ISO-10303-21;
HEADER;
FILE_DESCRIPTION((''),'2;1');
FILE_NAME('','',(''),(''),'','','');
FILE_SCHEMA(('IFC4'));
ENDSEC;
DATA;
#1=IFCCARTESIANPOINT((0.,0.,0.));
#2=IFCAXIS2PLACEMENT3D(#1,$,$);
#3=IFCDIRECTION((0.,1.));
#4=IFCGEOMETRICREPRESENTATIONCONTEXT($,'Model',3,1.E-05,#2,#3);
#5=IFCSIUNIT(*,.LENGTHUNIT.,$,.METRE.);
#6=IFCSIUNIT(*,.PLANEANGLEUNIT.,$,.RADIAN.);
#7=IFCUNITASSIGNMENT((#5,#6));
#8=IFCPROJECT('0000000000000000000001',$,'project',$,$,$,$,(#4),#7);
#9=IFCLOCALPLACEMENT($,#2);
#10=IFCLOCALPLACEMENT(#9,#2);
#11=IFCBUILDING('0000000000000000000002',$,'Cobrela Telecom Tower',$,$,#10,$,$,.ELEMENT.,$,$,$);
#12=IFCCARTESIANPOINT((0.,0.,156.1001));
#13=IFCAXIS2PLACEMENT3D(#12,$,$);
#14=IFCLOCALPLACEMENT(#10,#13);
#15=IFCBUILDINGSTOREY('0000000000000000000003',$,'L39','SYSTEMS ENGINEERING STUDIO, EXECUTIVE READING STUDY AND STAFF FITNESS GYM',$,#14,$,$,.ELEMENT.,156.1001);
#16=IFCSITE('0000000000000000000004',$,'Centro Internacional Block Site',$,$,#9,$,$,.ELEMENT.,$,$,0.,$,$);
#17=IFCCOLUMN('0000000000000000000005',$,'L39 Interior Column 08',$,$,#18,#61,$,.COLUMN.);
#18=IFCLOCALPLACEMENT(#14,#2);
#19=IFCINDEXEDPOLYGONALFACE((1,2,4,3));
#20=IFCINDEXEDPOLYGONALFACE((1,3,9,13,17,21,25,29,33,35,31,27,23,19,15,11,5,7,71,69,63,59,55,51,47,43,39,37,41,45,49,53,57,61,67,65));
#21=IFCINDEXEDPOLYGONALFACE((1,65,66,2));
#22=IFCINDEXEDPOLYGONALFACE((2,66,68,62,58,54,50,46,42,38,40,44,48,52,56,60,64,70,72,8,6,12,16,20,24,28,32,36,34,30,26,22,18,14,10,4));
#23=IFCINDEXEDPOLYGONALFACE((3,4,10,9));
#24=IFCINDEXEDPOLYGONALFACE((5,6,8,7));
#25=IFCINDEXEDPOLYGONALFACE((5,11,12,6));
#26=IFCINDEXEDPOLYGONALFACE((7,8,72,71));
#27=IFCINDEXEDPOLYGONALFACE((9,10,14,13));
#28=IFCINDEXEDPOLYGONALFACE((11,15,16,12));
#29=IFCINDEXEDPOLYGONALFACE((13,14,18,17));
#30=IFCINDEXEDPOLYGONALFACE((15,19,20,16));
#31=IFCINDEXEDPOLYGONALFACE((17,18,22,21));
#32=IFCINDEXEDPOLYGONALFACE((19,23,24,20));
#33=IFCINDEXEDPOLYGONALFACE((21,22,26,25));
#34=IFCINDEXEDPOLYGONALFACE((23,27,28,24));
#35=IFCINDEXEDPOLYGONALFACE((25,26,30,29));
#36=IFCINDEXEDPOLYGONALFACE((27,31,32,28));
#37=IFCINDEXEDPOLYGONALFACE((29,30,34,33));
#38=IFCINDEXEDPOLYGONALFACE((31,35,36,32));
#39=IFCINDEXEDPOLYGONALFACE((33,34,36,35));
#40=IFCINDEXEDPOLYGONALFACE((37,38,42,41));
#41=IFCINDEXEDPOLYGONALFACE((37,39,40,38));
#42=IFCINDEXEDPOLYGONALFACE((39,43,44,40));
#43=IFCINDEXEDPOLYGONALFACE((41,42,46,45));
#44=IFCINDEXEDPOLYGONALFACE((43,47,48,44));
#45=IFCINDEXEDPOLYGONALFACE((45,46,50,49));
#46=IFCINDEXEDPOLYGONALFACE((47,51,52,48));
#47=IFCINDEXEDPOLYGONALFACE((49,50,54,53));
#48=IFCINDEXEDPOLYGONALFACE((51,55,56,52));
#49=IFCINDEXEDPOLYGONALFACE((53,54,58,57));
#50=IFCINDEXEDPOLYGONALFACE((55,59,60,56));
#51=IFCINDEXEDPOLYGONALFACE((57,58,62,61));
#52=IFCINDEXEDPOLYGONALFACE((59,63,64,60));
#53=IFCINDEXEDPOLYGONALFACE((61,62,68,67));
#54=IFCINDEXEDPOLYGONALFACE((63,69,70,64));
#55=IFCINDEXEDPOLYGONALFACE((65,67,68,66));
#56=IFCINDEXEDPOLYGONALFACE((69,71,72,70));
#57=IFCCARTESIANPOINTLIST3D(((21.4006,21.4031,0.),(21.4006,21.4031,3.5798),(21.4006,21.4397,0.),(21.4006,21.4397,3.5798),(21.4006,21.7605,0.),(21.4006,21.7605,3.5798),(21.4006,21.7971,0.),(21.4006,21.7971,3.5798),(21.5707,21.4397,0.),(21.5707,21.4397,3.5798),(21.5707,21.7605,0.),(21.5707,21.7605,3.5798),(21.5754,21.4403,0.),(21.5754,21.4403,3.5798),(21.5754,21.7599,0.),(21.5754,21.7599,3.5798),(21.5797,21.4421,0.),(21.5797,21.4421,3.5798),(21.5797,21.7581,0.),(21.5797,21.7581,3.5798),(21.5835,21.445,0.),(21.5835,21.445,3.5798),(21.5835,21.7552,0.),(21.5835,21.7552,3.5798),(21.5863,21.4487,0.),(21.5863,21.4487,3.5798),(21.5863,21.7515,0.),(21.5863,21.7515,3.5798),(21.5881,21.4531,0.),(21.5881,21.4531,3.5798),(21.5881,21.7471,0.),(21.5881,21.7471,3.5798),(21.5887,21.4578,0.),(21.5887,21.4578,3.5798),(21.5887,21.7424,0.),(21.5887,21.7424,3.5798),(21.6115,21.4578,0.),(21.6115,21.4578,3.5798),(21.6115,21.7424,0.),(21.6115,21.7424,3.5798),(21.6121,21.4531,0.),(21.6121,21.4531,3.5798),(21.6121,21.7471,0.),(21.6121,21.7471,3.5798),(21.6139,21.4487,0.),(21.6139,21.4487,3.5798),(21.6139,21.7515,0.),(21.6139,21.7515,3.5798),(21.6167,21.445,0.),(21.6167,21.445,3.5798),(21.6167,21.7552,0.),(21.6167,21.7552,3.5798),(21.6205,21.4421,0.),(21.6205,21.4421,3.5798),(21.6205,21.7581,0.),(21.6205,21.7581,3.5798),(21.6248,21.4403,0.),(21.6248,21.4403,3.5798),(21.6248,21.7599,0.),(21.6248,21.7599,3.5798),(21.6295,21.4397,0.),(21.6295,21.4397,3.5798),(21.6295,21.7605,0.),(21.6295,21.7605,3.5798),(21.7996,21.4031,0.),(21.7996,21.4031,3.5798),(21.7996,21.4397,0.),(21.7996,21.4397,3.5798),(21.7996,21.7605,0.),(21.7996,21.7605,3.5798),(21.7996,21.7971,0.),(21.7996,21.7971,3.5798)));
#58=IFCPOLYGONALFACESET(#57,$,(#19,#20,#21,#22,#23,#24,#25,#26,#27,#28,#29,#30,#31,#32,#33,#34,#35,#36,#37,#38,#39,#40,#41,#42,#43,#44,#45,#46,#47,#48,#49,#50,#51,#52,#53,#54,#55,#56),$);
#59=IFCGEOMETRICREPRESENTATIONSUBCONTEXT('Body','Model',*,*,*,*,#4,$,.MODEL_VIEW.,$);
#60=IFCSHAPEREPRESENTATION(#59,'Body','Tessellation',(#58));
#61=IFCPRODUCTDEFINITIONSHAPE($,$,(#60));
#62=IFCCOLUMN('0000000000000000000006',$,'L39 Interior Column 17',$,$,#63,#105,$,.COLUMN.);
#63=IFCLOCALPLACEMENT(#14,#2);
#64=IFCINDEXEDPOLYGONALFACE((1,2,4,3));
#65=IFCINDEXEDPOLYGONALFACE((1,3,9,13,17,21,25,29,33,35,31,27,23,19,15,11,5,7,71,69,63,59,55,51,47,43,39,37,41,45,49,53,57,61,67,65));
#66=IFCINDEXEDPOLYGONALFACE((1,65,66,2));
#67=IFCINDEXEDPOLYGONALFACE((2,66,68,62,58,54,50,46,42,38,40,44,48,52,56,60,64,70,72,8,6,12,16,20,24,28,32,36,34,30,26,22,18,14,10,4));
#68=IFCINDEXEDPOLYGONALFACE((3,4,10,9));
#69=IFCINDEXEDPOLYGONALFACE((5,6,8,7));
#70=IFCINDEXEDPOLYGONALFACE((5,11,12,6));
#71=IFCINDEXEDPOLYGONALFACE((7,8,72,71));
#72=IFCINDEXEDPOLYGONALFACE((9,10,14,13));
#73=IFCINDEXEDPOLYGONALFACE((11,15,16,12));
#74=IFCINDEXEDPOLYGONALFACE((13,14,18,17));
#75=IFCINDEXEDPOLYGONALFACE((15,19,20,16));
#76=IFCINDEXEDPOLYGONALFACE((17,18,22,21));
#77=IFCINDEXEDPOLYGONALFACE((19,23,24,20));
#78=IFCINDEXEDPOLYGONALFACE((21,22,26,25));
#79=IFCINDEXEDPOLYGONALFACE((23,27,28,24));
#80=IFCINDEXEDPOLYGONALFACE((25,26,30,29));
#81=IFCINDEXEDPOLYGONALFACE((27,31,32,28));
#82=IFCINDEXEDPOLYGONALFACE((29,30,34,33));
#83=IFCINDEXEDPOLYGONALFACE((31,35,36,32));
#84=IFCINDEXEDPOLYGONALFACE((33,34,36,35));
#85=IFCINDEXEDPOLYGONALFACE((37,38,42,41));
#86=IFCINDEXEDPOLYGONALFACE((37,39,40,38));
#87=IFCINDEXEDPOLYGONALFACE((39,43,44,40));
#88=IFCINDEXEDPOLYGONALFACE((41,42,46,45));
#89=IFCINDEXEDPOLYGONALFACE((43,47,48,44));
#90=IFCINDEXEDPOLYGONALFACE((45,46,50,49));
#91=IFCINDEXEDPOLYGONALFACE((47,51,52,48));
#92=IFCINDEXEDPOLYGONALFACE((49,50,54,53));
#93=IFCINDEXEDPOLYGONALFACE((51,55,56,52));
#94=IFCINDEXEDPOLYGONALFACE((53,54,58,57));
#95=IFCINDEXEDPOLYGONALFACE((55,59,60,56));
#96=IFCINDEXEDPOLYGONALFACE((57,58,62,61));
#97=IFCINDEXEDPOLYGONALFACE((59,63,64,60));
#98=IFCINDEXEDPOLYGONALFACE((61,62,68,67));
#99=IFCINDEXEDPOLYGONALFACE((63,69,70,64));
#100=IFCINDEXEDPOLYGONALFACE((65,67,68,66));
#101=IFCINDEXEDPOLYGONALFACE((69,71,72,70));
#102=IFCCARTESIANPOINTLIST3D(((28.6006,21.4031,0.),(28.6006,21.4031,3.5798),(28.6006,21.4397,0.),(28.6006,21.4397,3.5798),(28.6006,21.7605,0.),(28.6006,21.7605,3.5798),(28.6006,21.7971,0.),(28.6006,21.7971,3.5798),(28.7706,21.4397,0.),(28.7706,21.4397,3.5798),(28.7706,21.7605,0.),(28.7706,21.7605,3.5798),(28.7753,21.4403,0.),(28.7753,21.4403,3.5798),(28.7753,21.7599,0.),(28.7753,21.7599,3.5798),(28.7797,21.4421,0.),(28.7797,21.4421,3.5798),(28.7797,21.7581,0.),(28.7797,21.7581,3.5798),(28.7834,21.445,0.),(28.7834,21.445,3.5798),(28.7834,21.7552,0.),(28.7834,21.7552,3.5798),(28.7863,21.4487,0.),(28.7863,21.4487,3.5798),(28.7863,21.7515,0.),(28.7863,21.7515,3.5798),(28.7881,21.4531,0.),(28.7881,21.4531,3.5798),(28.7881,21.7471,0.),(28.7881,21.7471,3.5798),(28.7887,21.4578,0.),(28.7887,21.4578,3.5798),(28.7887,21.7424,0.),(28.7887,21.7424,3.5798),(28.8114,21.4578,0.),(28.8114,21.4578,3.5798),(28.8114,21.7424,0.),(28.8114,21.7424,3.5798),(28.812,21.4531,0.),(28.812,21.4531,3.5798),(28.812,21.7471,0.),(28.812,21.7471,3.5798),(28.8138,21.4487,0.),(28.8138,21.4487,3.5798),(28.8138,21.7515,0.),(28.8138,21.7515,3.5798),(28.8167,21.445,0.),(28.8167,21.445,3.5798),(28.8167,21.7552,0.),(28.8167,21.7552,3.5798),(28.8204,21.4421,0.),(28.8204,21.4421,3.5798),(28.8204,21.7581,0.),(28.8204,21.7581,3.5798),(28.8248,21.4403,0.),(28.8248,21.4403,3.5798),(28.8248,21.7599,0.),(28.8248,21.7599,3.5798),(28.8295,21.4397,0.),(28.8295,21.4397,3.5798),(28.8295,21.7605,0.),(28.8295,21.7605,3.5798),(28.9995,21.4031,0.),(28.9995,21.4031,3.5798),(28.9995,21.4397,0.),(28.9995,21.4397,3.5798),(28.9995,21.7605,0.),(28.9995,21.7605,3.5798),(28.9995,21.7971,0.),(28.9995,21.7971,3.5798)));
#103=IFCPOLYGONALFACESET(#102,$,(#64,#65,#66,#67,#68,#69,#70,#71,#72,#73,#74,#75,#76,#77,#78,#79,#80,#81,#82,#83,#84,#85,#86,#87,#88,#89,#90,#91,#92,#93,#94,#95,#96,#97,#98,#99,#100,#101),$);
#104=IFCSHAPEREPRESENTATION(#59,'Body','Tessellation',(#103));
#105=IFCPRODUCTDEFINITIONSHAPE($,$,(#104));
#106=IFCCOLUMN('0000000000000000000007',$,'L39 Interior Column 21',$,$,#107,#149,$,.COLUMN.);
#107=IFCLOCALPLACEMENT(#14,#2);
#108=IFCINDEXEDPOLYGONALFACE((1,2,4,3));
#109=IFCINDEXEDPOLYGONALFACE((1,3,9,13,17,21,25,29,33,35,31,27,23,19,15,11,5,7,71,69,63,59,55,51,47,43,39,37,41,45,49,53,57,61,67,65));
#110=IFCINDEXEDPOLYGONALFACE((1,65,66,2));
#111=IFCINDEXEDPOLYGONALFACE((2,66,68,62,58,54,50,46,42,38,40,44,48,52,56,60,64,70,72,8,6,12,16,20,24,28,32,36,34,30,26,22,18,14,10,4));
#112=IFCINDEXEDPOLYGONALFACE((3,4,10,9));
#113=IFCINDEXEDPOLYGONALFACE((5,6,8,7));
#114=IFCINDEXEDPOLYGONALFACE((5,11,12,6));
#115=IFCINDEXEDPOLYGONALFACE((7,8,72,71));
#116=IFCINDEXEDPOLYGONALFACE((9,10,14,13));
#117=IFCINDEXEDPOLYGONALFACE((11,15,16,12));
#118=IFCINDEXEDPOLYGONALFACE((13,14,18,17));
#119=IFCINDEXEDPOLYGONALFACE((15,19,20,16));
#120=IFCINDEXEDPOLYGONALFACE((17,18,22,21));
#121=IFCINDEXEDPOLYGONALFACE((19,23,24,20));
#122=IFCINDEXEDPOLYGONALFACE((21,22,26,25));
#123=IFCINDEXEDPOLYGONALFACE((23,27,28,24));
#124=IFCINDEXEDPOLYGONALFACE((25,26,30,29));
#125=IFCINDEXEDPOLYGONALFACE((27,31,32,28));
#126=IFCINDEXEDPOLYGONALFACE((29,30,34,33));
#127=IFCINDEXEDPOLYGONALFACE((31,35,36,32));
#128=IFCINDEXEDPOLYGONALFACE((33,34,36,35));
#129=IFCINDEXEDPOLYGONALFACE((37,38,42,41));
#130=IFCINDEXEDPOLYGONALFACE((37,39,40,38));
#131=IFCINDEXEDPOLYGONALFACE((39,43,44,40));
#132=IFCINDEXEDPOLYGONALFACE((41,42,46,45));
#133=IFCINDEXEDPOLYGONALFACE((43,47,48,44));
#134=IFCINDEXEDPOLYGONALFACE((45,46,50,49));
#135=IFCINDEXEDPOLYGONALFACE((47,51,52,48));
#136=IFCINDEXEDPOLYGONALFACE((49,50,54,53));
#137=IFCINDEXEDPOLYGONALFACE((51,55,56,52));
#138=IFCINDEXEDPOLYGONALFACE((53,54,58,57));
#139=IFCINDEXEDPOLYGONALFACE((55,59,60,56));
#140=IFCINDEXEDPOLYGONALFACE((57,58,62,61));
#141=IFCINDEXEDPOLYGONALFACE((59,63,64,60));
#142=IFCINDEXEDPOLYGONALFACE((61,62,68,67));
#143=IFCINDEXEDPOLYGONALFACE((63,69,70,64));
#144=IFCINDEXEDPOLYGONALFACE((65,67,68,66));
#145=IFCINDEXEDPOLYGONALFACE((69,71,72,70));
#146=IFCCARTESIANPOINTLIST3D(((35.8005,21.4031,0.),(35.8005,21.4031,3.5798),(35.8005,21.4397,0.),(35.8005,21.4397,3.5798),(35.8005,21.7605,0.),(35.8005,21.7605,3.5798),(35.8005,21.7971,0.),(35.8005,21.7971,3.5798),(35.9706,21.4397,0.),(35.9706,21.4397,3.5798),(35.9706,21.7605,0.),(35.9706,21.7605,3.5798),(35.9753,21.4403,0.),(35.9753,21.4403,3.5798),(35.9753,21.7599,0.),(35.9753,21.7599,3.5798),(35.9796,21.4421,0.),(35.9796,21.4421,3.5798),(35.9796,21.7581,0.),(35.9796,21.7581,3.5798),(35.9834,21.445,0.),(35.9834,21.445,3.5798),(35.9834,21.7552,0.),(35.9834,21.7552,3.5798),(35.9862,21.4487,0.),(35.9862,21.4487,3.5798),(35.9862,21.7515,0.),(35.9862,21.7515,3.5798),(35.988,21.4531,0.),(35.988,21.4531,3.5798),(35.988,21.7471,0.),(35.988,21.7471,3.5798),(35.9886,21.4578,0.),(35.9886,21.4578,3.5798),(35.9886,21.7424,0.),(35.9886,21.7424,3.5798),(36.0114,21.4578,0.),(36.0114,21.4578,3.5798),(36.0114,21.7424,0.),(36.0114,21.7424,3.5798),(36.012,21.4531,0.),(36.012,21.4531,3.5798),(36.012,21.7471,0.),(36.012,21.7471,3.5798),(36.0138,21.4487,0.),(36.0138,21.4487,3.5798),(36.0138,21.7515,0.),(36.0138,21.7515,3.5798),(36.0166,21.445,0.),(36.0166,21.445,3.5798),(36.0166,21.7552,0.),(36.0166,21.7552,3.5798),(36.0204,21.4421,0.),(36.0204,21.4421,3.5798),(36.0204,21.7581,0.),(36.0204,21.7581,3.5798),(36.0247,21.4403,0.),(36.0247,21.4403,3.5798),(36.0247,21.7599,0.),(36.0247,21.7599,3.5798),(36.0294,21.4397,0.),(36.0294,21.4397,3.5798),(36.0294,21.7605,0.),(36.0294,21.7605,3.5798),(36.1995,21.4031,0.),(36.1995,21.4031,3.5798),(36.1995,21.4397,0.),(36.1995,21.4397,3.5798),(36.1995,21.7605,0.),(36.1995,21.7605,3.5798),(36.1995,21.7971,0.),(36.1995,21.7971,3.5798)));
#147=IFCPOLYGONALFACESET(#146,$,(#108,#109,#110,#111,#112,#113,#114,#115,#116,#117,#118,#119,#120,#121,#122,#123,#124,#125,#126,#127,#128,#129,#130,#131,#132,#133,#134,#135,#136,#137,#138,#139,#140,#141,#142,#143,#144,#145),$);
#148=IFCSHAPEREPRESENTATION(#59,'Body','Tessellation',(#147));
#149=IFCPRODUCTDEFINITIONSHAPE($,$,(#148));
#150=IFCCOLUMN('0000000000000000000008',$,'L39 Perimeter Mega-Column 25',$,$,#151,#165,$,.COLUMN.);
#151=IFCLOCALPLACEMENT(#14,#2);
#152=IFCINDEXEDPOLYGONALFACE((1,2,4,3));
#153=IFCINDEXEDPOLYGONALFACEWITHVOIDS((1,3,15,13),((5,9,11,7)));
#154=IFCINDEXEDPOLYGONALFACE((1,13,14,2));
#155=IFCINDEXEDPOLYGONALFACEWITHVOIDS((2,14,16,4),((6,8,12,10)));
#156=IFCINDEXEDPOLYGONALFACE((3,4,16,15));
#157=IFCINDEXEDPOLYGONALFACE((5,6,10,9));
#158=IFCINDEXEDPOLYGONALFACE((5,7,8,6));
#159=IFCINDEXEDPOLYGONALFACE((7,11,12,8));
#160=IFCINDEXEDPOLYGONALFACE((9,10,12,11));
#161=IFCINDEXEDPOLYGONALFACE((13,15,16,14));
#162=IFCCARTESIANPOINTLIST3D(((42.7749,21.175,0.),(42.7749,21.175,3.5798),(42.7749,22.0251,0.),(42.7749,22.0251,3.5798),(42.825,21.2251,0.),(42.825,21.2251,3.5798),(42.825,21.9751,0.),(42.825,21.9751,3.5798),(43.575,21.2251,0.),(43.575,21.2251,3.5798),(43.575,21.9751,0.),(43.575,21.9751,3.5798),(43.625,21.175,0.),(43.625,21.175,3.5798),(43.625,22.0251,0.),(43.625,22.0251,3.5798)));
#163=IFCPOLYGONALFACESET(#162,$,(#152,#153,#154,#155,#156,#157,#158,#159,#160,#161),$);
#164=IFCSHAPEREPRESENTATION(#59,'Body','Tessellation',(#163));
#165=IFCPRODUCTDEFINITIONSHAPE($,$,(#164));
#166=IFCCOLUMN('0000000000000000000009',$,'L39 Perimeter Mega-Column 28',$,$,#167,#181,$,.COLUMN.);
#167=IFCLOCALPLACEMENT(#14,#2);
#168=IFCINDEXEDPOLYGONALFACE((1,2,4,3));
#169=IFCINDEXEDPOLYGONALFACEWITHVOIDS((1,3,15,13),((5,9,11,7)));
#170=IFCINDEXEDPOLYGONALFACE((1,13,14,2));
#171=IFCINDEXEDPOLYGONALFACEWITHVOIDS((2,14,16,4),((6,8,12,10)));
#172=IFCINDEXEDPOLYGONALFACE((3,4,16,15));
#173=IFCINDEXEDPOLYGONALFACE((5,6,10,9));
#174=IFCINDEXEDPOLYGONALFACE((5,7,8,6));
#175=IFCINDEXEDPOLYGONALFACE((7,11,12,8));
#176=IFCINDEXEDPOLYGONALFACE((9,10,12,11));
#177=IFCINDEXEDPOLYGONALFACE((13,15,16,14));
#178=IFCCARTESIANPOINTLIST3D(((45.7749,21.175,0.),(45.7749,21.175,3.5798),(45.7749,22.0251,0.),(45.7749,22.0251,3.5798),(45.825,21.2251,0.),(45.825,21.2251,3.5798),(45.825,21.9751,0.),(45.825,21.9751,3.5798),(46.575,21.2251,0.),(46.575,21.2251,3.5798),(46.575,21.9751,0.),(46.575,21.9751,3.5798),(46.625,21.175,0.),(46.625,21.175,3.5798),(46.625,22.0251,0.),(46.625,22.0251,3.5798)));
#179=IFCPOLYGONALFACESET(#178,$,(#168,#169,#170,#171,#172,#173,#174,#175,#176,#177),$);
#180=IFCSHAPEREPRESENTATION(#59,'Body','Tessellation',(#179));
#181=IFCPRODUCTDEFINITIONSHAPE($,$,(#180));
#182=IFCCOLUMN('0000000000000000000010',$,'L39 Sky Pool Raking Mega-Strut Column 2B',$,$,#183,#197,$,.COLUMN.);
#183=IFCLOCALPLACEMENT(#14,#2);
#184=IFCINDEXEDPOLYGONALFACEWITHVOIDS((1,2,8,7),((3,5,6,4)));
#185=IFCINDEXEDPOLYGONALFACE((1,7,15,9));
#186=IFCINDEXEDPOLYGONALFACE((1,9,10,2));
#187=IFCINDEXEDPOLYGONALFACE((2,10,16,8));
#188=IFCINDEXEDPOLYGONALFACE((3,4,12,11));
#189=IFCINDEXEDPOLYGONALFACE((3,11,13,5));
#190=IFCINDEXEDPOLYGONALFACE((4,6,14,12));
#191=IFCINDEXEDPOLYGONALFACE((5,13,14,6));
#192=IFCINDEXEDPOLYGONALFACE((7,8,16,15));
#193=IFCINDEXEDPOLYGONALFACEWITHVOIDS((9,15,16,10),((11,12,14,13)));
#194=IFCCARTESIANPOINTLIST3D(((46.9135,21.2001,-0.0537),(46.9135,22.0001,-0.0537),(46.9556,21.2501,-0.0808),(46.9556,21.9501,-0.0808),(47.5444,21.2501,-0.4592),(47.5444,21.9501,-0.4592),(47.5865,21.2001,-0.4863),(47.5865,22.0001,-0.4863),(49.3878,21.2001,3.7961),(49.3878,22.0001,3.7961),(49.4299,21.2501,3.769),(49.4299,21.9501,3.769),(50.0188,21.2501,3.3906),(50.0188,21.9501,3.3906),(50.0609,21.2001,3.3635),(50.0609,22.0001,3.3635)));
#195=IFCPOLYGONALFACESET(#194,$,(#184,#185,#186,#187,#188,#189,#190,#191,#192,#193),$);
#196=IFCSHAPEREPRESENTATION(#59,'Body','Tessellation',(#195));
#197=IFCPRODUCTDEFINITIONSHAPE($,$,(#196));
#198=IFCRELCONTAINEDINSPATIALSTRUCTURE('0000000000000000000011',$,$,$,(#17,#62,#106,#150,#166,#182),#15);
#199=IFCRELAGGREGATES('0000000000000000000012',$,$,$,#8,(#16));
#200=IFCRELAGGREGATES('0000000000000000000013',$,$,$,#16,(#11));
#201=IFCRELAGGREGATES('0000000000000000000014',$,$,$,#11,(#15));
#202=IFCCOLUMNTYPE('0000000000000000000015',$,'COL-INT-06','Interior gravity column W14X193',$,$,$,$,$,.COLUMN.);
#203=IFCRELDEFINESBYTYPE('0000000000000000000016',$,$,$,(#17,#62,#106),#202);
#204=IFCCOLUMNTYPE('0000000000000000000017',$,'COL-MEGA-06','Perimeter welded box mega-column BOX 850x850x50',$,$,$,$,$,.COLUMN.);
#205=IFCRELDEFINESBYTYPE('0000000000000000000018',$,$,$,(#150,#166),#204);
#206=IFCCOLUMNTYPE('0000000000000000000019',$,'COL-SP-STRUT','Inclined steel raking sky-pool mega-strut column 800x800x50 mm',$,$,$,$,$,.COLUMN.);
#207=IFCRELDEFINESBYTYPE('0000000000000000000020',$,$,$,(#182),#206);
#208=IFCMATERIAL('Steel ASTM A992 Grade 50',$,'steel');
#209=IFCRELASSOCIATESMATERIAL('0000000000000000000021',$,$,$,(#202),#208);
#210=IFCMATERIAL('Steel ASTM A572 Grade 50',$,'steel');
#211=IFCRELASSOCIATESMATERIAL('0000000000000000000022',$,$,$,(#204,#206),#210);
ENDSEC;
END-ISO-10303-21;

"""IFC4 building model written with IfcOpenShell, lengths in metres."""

from ifc_helpers import new_model, si_unit, direction, frame, origin, origin_2d, place, context, subcontext, project, spatial, hollow_rectangle, i_section, extrude, material, material_profile, profile_set, type_object, element, save


model = new_model("IFC4")

# Units and contexts
model_context = context("Model", 3, precision=1e-05, world=origin(), true_north=direction((0.0, 1.0)))
body_context = subcontext(model_context, "Body", "Model", "MODEL_VIEW")
ifc_project = project(units=[si_unit("LENGTHUNIT", "METRE"), si_unit("PLANEANGLEUNIT", "RADIAN")], contexts=[model_context])

# Site, building, storey
site_placement = place(None, origin())
site = spatial("IfcSite", under=ifc_project, at=site_placement, Name="Centro Internacional Block Site", CompositionType="ELEMENT", RefElevation=0.0)
building_placement = place(site_placement, origin())
building = spatial("IfcBuilding", under=site, at=building_placement, Name="Cobrela Telecom Tower", CompositionType="ELEMENT")
storey_placement = place(building_placement, frame((0.0, 0.0, 156.1001)))
storey = spatial("IfcBuildingStorey", under=building, at=storey_placement, Name="L39", Description="SYSTEMS ENGINEERING STUDIO, EXECUTIVE READING STUDY AND STAFF FITNESS GYM", CompositionType="ELEMENT", Elevation=156.1001)

# Columns
ifc_material_1 = material(Name="Steel ASTM A992 Grade 50", Category="steel")
ifc_material_profile_1 = material_profile(ifc_material_1, i_section(OverallWidth=0.3989, OverallDepth=0.394, WebThickness=0.0227, FlangeThickness=0.0366, FilletRadius=0.0181, at=origin_2d()), Name="W14X193")
ifc_profile_set_1 = profile_set([ifc_material_profile_1], Name="Steel ASTM A992 Grade 50")
column_type_1 = type_object("IfcColumnType", Name="COL-INT-06", Description="Interior gravity column W14X193", PredefinedType="COLUMN", material=ifc_profile_set_1)
for number, where, z_axis, x_axis, name in (
    (1, (21.6001, 21.6001, 0.0), (0.0, 0.0, 1.0), (1.0, 0.0, 0.0), "L39 Interior Column 08"),
    (2, (28.8, 21.6001, 0.0), (0.0, 0.0, 1.0), (1.0, 0.0, 0.0), "L39 Interior Column 17"),
    (3, (36.0, 21.6001, 0.0), (0.0, 0.0, 1.0), (1.0, 0.0, 0.0), "L39 Interior Column 21"),
):
    element("IfcColumn", number, at=place(storey_placement, frame(where, z_axis=z_axis, x_axis=x_axis)), inside=storey, type_object=column_type_1, Name=name, PredefinedType="COLUMN", context=body_context, shape_type="SweptSolid", body=[
        extrude(i_section(OverallWidth=0.3989, OverallDepth=0.394, WebThickness=0.0227, FlangeThickness=0.0366, FilletRadius=0.0181, at=origin_2d()), origin(), (0.0, 0.0, 1.0), 3.5798),
    ])
ifc_material_2 = material(Name="Steel ASTM A572 Grade 50", Category="steel")
ifc_material_profile_2 = material_profile(ifc_material_2, hollow_rectangle(XDim=0.8501, YDim=0.8501, WallThickness=0.05, at=origin_2d()), Name="BOX 850x850x50")
ifc_profile_set_2 = profile_set([ifc_material_profile_2], Name="Steel ASTM A572 Grade 50")
column_type_2 = type_object("IfcColumnType", Name="COL-MEGA-06", Description="Perimeter welded box mega-column BOX 850x850x50", PredefinedType="COLUMN", material=ifc_profile_set_2)
for number, where, z_axis, x_axis, name in (
    (4, (43.2, 21.6001, 0.0), (0.0, 0.0, 1.0), (1.0, 0.0, 0.0), "L39 Perimeter Mega-Column 25"),
    (5, (46.2, 21.6001, 0.0), (0.0, 0.0, 1.0), (1.0, 0.0, 0.0), "L39 Perimeter Mega-Column 28"),
):
    element("IfcColumn", number, at=place(storey_placement, frame(where, z_axis=z_axis, x_axis=x_axis)), inside=storey, type_object=column_type_2, Name=name, PredefinedType="COLUMN", context=body_context, shape_type="SweptSolid", body=[
        extrude(hollow_rectangle(XDim=0.8501, YDim=0.8501, WallThickness=0.05, at=origin_2d()), origin(), (0.0, 0.0, 1.0), 3.5798),
    ])
ifc_material_profile_3 = material_profile(ifc_material_2, hollow_rectangle(XDim=0.8, YDim=0.8, WallThickness=0.05, at=origin_2d()), Name="BOX 800x800x50")
ifc_profile_set_3 = profile_set([ifc_material_profile_3], Name="Steel ASTM A572 Grade 50")
column_type_3 = type_object("IfcColumnType", Name="COL-SP-STRUT", Description="Inclined steel raking sky-pool mega-strut column 800x800x50 mm", PredefinedType="COLUMN", material=ifc_profile_set_3)
column_placement = place(storey_placement, frame((47.25, 21.6001, -0.27), z_axis=(0.540674, 0.0, 0.841232), x_axis=(0.0, 1.0, 0.0)))
element("IfcColumn", 6, at=column_placement, inside=storey, type_object=column_type_3, Name="L39 Sky Pool Raking Mega-Strut Column 2B", PredefinedType="COLUMN", context=body_context, shape_type="SweptSolid", body=[
    extrude(hollow_rectangle(XDim=0.8, YDim=0.8, WallThickness=0.05, at=origin_2d()), origin(), (0.0, 0.0, 1.0), 4.5764),
])

save(model, "model.ifc")
